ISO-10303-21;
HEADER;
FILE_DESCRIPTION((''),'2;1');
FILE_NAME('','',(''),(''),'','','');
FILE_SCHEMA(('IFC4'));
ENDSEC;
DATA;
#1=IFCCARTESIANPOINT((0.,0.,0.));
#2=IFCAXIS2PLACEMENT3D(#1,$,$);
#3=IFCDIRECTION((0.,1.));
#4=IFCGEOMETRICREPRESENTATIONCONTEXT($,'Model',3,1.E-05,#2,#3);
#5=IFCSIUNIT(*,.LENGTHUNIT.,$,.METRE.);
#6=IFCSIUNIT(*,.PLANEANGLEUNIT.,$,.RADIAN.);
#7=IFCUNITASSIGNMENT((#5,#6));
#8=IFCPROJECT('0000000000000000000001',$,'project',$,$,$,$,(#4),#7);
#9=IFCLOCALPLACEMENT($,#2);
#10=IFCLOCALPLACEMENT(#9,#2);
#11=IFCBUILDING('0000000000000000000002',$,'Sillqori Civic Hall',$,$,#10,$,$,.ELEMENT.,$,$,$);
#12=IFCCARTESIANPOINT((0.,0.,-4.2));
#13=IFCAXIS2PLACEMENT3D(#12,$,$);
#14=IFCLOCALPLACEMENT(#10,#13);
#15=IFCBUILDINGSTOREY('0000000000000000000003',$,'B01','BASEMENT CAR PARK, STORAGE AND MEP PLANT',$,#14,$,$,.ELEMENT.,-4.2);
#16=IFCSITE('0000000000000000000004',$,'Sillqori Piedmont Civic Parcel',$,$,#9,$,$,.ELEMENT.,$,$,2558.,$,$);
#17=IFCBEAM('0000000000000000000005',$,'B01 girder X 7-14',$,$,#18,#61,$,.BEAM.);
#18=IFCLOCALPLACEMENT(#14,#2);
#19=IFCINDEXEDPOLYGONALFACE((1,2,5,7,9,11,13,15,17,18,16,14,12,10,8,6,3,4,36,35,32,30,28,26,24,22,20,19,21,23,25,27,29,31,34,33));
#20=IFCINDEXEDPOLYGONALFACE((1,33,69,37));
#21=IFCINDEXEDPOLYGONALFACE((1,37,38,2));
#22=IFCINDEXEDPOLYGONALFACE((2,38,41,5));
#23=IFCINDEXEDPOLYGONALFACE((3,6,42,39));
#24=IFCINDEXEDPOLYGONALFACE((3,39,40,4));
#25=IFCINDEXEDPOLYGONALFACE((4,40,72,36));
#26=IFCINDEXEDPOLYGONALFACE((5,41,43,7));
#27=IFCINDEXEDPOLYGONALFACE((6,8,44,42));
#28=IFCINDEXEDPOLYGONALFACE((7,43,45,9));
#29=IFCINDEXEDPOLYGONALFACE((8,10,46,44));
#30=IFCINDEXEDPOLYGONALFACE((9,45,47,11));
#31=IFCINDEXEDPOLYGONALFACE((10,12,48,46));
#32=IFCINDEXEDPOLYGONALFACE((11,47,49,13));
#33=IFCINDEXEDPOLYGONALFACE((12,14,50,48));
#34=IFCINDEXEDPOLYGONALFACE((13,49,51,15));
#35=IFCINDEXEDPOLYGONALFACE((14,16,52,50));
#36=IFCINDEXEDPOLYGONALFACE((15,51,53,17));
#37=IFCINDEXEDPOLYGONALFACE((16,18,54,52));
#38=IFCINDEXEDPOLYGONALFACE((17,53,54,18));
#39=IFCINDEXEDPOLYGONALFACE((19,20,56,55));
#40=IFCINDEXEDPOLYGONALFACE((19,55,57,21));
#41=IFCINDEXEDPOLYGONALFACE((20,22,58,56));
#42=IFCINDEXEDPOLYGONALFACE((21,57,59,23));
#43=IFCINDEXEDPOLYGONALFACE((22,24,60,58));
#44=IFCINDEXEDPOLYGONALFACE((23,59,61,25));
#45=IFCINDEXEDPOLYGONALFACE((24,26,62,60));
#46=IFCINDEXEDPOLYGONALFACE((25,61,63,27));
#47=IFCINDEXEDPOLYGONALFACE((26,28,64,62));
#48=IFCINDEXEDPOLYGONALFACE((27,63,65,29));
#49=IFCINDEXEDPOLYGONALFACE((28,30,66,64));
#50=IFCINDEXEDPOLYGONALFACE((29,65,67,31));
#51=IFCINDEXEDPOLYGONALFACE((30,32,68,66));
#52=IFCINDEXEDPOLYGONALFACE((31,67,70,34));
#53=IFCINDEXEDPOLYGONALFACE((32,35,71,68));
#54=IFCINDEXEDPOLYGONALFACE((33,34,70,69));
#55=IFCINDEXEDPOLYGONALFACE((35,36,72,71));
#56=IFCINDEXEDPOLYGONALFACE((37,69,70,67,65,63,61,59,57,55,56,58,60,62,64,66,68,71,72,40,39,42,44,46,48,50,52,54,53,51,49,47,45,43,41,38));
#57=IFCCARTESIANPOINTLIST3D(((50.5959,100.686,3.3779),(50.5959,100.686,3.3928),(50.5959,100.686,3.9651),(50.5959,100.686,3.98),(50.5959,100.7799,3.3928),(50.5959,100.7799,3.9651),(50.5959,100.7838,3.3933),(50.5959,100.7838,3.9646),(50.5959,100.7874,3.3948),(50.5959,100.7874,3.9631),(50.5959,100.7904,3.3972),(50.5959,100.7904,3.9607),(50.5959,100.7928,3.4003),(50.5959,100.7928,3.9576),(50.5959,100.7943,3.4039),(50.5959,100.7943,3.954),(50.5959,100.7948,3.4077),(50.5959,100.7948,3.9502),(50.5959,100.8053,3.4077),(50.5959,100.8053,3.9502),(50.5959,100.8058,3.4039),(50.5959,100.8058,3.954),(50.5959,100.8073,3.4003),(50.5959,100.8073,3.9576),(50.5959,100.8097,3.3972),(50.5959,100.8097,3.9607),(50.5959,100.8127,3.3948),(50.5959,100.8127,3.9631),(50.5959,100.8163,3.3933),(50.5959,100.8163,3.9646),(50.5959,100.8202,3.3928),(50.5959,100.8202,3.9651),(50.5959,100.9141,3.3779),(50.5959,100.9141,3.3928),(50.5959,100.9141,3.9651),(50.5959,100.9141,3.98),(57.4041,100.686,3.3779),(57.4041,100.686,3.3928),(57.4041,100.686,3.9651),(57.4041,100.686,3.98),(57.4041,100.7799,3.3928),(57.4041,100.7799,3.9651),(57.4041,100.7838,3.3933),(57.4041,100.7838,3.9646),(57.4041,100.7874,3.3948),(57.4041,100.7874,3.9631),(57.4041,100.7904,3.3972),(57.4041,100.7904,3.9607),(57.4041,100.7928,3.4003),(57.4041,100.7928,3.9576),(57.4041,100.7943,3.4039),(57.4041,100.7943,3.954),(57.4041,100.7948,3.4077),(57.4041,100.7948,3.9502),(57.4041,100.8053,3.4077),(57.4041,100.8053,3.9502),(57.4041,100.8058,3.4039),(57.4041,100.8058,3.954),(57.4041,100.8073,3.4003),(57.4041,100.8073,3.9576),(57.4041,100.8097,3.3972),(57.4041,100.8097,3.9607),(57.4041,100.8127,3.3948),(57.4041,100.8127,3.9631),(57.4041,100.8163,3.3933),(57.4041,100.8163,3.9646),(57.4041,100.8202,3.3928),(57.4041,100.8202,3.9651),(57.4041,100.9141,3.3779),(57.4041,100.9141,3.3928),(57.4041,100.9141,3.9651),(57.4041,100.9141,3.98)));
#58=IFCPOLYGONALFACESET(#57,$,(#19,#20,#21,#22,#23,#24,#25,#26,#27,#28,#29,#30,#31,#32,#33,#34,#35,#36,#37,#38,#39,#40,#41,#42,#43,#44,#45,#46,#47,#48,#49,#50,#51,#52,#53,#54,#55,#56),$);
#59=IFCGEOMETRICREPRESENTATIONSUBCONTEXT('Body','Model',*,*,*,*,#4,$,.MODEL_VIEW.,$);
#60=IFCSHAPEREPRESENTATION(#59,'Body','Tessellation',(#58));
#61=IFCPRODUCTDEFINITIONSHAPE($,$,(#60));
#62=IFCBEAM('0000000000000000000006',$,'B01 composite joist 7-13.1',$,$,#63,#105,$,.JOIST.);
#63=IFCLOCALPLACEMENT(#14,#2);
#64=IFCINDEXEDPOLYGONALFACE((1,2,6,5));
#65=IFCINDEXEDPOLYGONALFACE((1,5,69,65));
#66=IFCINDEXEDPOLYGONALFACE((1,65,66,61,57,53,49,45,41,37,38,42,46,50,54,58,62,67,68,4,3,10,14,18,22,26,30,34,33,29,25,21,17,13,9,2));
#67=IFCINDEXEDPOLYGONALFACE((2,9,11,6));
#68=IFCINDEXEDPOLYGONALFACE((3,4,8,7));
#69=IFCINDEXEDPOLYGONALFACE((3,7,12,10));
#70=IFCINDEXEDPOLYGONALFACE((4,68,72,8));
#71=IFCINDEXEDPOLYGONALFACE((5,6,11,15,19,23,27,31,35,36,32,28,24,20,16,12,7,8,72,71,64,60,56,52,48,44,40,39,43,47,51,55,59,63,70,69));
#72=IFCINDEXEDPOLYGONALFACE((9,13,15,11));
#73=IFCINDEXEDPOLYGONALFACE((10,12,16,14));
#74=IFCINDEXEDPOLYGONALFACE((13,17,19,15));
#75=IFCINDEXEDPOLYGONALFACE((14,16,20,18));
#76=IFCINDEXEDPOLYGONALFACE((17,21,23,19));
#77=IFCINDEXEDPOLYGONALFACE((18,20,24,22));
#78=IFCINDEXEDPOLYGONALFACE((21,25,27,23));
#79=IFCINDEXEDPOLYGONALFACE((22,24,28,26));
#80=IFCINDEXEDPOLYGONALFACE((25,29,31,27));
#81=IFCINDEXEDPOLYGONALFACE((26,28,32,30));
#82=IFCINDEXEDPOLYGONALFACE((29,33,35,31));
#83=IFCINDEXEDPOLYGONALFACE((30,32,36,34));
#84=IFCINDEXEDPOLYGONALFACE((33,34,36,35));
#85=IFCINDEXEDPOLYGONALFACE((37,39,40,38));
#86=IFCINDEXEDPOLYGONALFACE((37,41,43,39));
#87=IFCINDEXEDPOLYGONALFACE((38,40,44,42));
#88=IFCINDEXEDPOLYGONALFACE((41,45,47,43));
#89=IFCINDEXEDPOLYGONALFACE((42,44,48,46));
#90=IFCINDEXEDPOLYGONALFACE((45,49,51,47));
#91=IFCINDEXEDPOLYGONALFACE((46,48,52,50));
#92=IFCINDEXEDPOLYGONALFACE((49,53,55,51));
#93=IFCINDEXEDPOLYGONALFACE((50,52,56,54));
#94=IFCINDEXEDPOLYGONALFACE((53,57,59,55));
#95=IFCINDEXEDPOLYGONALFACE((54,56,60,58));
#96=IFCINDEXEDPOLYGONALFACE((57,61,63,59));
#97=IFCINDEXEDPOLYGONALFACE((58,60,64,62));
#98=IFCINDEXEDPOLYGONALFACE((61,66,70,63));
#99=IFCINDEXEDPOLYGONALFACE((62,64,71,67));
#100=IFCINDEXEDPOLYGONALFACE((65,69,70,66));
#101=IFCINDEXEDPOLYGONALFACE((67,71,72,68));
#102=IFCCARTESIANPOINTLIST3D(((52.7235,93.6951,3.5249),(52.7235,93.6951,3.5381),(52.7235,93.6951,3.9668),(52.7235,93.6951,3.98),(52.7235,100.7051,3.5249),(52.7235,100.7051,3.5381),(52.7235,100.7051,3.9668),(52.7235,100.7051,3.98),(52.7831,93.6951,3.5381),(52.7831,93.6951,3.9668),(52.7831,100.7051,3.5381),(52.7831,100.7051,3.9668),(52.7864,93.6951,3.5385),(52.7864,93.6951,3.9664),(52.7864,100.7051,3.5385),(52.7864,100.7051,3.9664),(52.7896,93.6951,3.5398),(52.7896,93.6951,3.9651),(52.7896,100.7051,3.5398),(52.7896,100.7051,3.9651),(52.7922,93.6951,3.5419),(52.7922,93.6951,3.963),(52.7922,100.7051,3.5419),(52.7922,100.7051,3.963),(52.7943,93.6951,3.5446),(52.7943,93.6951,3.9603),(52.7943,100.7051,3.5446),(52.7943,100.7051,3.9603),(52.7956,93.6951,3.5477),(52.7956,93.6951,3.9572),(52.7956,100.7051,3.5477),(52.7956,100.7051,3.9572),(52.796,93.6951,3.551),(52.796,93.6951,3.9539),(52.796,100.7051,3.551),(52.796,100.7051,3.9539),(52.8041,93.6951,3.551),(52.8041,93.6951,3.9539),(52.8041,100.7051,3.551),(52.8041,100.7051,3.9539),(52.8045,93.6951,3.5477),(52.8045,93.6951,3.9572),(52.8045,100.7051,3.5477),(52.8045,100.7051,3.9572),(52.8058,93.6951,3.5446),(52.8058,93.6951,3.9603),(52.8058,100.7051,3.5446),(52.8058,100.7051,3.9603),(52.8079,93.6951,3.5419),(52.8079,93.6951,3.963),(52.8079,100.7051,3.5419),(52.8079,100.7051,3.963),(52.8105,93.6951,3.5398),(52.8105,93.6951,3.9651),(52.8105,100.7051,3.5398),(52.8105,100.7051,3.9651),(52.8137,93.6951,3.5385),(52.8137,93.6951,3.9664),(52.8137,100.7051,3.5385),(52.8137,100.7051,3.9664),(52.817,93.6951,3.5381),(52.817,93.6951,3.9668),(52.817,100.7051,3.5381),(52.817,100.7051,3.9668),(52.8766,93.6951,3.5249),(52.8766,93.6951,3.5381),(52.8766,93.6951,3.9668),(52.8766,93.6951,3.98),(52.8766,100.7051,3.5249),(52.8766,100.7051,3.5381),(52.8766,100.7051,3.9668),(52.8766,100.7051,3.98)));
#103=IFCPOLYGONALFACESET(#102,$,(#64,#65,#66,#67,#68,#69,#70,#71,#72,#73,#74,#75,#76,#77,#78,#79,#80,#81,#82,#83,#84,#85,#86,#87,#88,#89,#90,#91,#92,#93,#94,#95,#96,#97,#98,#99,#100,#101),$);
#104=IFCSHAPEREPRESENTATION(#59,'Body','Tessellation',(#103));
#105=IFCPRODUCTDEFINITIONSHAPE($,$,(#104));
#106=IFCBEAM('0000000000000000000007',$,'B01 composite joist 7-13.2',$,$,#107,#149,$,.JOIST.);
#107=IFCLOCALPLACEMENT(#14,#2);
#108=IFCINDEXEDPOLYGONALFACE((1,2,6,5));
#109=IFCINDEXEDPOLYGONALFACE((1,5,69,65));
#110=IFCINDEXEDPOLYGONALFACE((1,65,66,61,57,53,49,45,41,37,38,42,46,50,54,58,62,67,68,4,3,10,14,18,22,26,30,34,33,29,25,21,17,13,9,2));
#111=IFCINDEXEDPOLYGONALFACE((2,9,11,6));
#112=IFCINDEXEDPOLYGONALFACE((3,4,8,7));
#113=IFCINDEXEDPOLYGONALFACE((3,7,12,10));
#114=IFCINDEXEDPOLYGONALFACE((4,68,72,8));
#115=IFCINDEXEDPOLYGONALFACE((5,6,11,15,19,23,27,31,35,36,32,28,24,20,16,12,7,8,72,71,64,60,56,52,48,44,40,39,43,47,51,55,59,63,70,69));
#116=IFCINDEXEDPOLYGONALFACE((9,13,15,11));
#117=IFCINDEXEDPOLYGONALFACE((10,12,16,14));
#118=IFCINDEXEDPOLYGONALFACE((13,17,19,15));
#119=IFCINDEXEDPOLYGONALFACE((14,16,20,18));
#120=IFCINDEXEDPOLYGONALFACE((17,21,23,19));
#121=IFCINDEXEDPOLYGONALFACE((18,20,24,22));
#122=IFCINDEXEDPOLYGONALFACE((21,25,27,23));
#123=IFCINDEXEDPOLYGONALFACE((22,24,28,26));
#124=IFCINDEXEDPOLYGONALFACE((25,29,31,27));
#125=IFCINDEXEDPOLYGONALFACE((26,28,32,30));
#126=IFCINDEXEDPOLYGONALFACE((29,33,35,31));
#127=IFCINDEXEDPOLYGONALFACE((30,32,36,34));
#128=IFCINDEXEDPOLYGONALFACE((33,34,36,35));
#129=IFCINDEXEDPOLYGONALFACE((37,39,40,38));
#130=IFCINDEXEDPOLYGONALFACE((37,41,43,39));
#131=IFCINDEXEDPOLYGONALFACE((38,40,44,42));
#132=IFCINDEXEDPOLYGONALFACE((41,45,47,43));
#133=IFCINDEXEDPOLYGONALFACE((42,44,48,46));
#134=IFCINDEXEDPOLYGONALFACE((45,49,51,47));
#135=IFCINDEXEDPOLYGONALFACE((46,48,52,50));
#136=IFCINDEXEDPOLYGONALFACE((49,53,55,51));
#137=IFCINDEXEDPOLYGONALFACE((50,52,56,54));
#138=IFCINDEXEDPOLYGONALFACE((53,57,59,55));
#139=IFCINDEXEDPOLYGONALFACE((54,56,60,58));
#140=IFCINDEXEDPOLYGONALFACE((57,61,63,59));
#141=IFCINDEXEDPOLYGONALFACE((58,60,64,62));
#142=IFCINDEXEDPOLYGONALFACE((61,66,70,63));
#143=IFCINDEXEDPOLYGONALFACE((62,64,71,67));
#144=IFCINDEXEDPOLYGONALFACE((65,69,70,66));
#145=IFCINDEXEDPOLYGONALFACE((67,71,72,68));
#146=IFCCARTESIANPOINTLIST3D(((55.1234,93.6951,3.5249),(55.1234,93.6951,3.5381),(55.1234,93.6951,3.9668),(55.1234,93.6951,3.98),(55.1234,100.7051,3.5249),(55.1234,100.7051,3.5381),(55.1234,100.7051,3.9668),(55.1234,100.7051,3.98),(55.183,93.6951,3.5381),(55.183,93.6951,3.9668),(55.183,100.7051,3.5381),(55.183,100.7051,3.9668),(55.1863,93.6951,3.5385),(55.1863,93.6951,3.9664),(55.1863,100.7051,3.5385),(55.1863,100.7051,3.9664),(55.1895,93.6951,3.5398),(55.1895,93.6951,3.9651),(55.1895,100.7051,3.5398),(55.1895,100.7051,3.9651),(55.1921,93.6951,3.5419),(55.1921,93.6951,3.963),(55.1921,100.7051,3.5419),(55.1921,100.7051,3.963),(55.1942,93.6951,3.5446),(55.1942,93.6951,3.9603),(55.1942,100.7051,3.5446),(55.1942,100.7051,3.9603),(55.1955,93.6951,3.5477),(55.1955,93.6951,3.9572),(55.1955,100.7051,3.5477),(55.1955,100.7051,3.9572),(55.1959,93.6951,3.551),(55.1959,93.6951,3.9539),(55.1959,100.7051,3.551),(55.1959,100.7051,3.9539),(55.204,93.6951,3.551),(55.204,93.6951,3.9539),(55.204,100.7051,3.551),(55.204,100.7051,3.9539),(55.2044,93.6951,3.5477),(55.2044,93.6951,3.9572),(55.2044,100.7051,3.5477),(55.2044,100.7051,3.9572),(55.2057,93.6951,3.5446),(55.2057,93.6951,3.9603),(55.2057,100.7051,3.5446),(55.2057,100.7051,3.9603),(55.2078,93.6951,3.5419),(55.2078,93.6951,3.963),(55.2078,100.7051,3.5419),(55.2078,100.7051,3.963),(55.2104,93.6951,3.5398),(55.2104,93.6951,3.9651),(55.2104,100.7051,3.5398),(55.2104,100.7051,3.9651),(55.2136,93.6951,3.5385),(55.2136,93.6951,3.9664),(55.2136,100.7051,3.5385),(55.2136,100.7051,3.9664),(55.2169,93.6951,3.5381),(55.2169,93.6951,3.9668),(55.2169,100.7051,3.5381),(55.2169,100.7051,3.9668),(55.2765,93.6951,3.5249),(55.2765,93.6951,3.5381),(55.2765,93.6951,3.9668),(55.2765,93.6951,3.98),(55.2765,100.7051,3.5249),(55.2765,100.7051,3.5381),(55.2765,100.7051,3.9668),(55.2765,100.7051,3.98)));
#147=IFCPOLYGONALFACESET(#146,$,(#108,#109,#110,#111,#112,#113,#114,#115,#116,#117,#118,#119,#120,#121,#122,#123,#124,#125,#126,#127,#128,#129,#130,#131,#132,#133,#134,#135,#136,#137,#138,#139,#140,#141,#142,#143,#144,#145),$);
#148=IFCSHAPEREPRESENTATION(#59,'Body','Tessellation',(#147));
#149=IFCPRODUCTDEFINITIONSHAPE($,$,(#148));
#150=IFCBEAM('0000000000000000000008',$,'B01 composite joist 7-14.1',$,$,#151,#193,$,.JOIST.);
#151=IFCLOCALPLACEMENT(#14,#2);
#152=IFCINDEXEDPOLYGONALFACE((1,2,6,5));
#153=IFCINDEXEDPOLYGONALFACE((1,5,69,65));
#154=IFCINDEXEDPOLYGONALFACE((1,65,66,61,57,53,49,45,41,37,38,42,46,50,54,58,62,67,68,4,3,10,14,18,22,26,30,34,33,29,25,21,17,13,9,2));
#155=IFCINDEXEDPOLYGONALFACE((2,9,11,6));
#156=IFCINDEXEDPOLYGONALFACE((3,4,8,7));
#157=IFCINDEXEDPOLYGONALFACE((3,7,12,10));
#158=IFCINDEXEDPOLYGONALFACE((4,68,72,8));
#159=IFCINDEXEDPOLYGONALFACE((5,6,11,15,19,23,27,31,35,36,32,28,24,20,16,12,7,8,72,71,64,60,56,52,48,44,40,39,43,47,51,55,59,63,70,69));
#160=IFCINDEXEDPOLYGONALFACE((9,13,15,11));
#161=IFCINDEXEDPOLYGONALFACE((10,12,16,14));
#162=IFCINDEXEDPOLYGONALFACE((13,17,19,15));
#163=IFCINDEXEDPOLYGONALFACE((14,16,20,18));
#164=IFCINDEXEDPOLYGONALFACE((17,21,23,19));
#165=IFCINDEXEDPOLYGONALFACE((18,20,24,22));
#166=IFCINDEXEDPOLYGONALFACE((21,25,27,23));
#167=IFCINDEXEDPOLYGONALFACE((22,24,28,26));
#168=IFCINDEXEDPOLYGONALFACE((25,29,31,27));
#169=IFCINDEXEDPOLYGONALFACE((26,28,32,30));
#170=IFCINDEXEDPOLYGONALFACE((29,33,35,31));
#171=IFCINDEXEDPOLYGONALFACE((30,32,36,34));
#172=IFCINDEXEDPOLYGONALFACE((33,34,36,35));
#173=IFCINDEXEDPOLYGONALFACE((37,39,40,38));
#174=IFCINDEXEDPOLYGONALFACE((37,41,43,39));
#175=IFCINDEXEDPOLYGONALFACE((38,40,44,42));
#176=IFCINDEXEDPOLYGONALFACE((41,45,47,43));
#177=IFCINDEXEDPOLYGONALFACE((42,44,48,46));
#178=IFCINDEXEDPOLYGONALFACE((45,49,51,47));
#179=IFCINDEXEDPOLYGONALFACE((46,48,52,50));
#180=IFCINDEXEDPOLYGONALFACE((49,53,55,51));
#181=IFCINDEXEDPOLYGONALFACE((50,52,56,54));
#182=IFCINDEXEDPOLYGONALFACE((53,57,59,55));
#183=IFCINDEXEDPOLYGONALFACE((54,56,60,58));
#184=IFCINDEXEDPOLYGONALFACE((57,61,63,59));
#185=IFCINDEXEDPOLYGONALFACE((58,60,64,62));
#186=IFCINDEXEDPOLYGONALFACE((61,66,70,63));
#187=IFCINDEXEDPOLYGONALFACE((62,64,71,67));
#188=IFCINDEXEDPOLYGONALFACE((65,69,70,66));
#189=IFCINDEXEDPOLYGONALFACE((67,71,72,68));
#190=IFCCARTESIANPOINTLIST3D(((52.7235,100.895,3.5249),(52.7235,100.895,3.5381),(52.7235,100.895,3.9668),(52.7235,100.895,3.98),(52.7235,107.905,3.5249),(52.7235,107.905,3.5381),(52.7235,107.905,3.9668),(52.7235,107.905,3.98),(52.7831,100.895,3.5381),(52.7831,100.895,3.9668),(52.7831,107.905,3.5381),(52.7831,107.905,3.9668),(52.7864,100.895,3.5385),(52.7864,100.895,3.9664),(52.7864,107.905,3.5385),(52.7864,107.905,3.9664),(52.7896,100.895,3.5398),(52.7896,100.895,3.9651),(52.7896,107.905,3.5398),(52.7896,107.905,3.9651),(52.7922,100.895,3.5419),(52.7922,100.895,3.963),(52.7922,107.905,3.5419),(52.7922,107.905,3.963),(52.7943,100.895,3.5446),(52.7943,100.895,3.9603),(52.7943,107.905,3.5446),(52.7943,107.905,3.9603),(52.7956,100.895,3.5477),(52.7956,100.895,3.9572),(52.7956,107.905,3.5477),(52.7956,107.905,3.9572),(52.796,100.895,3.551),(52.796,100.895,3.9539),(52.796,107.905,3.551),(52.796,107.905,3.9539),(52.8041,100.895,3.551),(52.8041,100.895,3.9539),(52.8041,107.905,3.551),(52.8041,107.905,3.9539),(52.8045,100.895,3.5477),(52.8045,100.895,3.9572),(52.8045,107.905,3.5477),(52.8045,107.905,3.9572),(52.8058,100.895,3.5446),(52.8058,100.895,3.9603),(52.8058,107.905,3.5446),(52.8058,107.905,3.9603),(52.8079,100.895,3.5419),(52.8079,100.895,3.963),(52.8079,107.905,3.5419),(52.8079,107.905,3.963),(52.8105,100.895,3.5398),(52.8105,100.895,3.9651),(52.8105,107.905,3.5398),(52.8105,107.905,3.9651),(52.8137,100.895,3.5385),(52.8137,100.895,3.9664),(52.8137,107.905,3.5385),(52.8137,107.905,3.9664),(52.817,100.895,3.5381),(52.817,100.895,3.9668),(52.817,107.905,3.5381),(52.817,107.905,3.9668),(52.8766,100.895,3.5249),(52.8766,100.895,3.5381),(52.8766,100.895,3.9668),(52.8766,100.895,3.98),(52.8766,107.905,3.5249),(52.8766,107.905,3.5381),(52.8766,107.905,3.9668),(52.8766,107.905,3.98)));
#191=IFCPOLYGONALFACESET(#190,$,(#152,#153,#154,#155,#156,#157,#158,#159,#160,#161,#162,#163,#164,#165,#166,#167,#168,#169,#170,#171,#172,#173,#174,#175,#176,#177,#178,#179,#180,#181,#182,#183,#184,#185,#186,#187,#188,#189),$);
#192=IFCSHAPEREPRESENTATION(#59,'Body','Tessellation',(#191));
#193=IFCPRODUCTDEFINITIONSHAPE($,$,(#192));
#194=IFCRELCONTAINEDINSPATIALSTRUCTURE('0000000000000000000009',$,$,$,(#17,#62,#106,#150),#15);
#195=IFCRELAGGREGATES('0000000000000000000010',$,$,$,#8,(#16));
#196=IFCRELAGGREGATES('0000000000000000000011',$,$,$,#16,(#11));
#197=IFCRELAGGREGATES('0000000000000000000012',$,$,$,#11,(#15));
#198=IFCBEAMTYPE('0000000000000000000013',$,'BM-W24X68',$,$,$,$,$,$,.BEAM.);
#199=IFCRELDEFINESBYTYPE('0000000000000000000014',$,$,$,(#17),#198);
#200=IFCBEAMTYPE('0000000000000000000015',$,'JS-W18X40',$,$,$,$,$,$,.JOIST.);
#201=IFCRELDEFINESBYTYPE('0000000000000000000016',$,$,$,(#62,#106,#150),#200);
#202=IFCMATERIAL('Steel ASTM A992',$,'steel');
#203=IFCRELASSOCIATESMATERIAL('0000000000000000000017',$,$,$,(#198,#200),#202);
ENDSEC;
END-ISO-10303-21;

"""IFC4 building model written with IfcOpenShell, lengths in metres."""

from ifc_helpers import new_model, si_unit, direction, frame, origin, origin_2d, place, context, subcontext, project, spatial, i_section, extrude, material, material_profile, profile_set, type_object, element, save


model = new_model("IFC4")

# Units and contexts
model_context = context("Model", 3, precision=1e-05, world=origin(), true_north=direction((0.0, 1.0)))
body_context = subcontext(model_context, "Body", "Model", "MODEL_VIEW")
ifc_project = project(units=[si_unit("LENGTHUNIT", "METRE"), si_unit("PLANEANGLEUNIT", "RADIAN")], contexts=[model_context])

# Site, building, storey
site_placement = place(None, origin())
site = spatial("IfcSite", under=ifc_project, at=site_placement, Name="Sillqori Piedmont Civic Parcel", CompositionType="ELEMENT", RefElevation=2558.0)
building_placement = place(site_placement, origin())
building = spatial("IfcBuilding", under=site, at=building_placement, Name="Sillqori Civic Hall", CompositionType="ELEMENT")
storey_placement = place(building_placement, frame((0.0, 0.0, -4.2)))
storey = spatial("IfcBuildingStorey", under=building, at=storey_placement, Name="B01", Description="BASEMENT CAR PARK, STORAGE AND MEP PLANT", CompositionType="ELEMENT", Elevation=-4.2)

# Shared definitions
ifc_material_1 = material(Name="Steel ASTM A992", Category="steel")

# Beams
ifc_material_profile_1 = material_profile(ifc_material_1, i_section(OverallWidth=0.228, OverallDepth=0.6021, WebThickness=0.0105, FlangeThickness=0.0149, FilletRadius=0.0149, at=origin_2d()), Name="W24X68")
ifc_profile_set_1 = profile_set([ifc_material_profile_1], Name="Steel ASTM A992")
beam_type_1 = type_object("IfcBeamType", Name="BM-W24X68", PredefinedType="BEAM", material=ifc_profile_set_1)
beam_placement = place(storey_placement, frame((50.5959, 100.8, 3.679), z_axis=(1.0, 0.0, 0.0), x_axis=(0.0, 1.0, 0.0)))
element("IfcBeam", 1, at=beam_placement, inside=storey, type_object=beam_type_1, Name="B01 girder X 7-14", PredefinedType="BEAM", context=body_context, shape_type="SweptSolid", body=[
    extrude(i_section(OverallWidth=0.228, OverallDepth=0.6021, WebThickness=0.0105, FlangeThickness=0.0149, FilletRadius=0.0149, at=origin_2d()), origin(), (0.0, 0.0, 1.0), 6.8081),
])
ifc_material_profile_2 = material_profile(ifc_material_1, i_section(OverallWidth=0.1531, OverallDepth=0.4551, WebThickness=0.0081, FlangeThickness=0.0132, FilletRadius=0.0129, at=origin_2d()), Name="W18X40")
ifc_profile_set_2 = profile_set([ifc_material_profile_2], Name="Steel ASTM A992")
beam_type_2 = type_object("IfcBeamType", Name="JS-W18X40", PredefinedType="JOIST", material=ifc_profile_set_2)
for number, where, z_axis, x_axis, name in (
    (2, (52.8, 93.6951, 3.7524), (0.0, 1.0, 0.0), (-1.0, 0.0, 0.0), "B01 composite joist 7-13.1"),
    (3, (55.2, 93.6951, 3.7524), (0.0, 1.0, 0.0), (-1.0, 0.0, 0.0), "B01 composite joist 7-13.2"),
    (4, (52.8, 100.895, 3.7524), (0.0, 1.0, 0.0), (-1.0, 0.0, 0.0), "B01 composite joist 7-14.1"),
):
    element("IfcBeam", number, at=place(storey_placement, frame(where, z_axis=z_axis, x_axis=x_axis)), inside=storey, type_object=beam_type_2, Name=name, PredefinedType="JOIST", context=body_context, shape_type="SweptSolid", body=[
        extrude(i_section(OverallWidth=0.1531, OverallDepth=0.4551, WebThickness=0.0081, FlangeThickness=0.0132, FilletRadius=0.0129, at=origin_2d()), origin(), (0.0, 0.0, 1.0), 7.01),
    ])

save(model, "model.ifc")
